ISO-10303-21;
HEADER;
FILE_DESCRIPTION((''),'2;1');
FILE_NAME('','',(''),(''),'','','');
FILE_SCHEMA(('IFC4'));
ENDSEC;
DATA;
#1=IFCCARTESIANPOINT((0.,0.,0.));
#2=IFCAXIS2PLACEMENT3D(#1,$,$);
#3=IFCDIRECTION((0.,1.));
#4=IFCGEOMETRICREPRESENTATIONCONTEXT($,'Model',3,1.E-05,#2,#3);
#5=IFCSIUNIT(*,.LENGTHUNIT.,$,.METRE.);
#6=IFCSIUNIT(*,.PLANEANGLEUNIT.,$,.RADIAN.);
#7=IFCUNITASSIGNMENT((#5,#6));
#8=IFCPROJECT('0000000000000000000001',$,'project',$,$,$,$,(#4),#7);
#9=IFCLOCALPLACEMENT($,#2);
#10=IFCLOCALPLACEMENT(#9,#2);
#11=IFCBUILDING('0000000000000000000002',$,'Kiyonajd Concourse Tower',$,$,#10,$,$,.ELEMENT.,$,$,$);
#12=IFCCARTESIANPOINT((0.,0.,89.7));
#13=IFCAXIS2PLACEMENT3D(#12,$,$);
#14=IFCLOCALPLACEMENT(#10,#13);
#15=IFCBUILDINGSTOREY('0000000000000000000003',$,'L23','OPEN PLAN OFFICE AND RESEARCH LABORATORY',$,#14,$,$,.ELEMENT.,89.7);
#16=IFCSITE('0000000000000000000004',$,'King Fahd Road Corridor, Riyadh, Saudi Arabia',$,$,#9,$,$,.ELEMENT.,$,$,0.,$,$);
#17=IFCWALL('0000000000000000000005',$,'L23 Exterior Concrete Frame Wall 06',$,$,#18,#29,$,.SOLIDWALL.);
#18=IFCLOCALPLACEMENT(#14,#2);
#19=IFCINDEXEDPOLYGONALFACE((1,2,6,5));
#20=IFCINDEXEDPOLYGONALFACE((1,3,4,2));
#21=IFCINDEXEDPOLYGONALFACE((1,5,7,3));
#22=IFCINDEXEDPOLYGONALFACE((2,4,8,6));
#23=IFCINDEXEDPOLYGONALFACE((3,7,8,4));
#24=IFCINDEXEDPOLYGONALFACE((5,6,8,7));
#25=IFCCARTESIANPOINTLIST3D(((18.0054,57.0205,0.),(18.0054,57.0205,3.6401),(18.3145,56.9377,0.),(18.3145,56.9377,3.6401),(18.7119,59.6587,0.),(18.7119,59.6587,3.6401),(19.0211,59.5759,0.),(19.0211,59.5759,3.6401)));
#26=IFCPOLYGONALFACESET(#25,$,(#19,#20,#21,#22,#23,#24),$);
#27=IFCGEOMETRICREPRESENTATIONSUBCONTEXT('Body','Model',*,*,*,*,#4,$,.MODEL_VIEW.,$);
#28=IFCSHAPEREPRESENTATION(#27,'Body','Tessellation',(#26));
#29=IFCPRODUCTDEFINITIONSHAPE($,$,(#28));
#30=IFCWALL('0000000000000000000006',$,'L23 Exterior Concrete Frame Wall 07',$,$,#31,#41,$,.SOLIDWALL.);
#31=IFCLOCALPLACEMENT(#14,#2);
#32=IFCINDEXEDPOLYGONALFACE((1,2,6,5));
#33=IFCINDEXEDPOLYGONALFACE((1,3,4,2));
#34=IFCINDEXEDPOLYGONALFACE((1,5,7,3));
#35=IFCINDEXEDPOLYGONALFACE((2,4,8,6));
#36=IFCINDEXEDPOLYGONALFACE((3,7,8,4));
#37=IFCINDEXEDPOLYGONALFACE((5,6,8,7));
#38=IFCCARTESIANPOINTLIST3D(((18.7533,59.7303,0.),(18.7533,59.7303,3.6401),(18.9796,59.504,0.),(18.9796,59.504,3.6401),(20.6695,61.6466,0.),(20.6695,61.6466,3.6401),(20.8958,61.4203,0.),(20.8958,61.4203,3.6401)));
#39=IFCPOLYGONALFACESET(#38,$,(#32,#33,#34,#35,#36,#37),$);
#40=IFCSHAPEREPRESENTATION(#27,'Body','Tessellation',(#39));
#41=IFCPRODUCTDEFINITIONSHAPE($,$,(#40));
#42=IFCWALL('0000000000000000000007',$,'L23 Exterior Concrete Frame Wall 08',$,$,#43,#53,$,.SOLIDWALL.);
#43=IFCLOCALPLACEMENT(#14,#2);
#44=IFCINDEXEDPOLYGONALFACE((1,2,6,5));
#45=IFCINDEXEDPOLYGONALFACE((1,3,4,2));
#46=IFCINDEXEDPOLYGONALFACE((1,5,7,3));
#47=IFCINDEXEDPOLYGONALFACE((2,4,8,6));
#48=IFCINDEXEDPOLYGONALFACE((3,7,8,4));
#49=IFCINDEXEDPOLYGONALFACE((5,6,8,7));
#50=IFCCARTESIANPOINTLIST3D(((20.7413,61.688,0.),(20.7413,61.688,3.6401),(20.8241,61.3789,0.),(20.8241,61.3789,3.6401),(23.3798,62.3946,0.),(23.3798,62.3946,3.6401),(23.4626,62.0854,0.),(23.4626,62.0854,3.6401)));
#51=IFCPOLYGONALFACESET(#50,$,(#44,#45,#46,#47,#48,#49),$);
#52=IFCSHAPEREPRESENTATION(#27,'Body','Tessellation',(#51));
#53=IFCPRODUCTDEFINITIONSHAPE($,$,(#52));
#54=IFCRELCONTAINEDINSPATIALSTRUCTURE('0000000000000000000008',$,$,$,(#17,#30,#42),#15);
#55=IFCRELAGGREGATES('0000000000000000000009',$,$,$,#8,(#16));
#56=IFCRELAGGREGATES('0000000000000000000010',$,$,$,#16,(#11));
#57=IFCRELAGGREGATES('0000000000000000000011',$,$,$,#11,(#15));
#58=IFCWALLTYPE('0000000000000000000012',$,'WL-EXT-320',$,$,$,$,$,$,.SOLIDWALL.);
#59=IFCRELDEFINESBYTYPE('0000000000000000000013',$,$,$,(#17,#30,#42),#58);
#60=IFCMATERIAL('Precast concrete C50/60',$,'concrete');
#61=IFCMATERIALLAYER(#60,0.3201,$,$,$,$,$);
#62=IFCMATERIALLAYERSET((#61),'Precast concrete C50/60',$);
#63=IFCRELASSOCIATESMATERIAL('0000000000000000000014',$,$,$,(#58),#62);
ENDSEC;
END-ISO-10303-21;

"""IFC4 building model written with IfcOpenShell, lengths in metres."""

from ifc_helpers import new_model, si_unit, direction, frame, frame_2d, origin, place, context, subcontext, project, spatial, rectangle, extrude, material, layer, layer_set, type_object, element, save


model = new_model("IFC4")

# Units and contexts
model_context = context("Model", 3, precision=1e-05, world=origin(), true_north=direction((0.0, 1.0)))
body_context = subcontext(model_context, "Body", "Model", "MODEL_VIEW")
ifc_project = project(units=[si_unit("LENGTHUNIT", "METRE"), si_unit("PLANEANGLEUNIT", "RADIAN")], contexts=[model_context])

# Site, building, storey
site_placement = place(None, origin())
site = spatial("IfcSite", under=ifc_project, at=site_placement, Name="King Fahd Road Corridor, Riyadh, Saudi Arabia", CompositionType="ELEMENT", RefElevation=0.0)
building_placement = place(site_placement, origin())
building = spatial("IfcBuilding", under=site, at=building_placement, Name="Kiyonajd Concourse Tower", CompositionType="ELEMENT")
storey_placement = place(building_placement, frame((0.0, 0.0, 89.7)))
storey = spatial("IfcBuildingStorey", under=building, at=storey_placement, Name="L23", Description="OPEN PLAN OFFICE AND RESEARCH LABORATORY", CompositionType="ELEMENT", Elevation=89.7)

# Shared definitions
ifc_material_1 = material(Name="Precast concrete C50/60", Category="concrete")

# Walls
ifc_layer_1 = layer(ifc_material_1, 0.3201)
ifc_layer_set_1 = layer_set([ifc_layer_1], Name="Precast concrete C50/60")
wall_type = type_object("IfcWallType", Name="WL-EXT-320", PredefinedType="SOLIDWALL", material=ifc_layer_set_1)
wall_1_placement = place(storey_placement, frame((18.1599, 56.979, 0.0), z_axis=(0.0, 0.0, 1.0), x_axis=(0.258697, 0.965958, 0.0)))
element("IfcWall", 1, at=wall_1_placement, inside=storey, type_object=wall_type, Name="L23 Exterior Concrete Frame Wall 06", PredefinedType="SOLIDWALL", context=body_context, shape_type="SweptSolid", body=[
    extrude(rectangle(XDim=2.7312, YDim=0.3201, at=frame_2d((1.3657, 0.0))), origin(), (0.0, 0.0, 1.0), 3.6401),
])
wall_2_placement = place(storey_placement, frame((18.8665, 59.6172, 0.0), z_axis=(0.0, 0.0, 1.0), x_axis=(0.707107, 0.707107, 0.0)))
element("IfcWall", 2, at=wall_2_placement, inside=storey, type_object=wall_type, Name="L23 Exterior Concrete Frame Wall 07", PredefinedType="SOLIDWALL", context=body_context, shape_type="SweptSolid", body=[
    extrude(rectangle(XDim=2.71, YDim=0.3201, at=frame_2d((1.355, 0.0))), origin(), (0.0, 0.0, 1.0), 3.6401),
])
wall_3_placement = place(storey_placement, frame((20.7827, 61.5334, 0.0), z_axis=(0.0, 0.0, 1.0), x_axis=(0.965964, 0.258675, 0.0)))
element("IfcWall", 3, at=wall_3_placement, inside=storey, type_object=wall_type, Name="L23 Exterior Concrete Frame Wall 08", PredefinedType="SOLIDWALL", context=body_context, shape_type="SweptSolid", body=[
    extrude(rectangle(XDim=2.7314, YDim=0.3201, at=frame_2d((1.3657, 0.0))), origin(), (0.0, 0.0, 1.0), 3.6401),
])

save(model, "model.ifc")
